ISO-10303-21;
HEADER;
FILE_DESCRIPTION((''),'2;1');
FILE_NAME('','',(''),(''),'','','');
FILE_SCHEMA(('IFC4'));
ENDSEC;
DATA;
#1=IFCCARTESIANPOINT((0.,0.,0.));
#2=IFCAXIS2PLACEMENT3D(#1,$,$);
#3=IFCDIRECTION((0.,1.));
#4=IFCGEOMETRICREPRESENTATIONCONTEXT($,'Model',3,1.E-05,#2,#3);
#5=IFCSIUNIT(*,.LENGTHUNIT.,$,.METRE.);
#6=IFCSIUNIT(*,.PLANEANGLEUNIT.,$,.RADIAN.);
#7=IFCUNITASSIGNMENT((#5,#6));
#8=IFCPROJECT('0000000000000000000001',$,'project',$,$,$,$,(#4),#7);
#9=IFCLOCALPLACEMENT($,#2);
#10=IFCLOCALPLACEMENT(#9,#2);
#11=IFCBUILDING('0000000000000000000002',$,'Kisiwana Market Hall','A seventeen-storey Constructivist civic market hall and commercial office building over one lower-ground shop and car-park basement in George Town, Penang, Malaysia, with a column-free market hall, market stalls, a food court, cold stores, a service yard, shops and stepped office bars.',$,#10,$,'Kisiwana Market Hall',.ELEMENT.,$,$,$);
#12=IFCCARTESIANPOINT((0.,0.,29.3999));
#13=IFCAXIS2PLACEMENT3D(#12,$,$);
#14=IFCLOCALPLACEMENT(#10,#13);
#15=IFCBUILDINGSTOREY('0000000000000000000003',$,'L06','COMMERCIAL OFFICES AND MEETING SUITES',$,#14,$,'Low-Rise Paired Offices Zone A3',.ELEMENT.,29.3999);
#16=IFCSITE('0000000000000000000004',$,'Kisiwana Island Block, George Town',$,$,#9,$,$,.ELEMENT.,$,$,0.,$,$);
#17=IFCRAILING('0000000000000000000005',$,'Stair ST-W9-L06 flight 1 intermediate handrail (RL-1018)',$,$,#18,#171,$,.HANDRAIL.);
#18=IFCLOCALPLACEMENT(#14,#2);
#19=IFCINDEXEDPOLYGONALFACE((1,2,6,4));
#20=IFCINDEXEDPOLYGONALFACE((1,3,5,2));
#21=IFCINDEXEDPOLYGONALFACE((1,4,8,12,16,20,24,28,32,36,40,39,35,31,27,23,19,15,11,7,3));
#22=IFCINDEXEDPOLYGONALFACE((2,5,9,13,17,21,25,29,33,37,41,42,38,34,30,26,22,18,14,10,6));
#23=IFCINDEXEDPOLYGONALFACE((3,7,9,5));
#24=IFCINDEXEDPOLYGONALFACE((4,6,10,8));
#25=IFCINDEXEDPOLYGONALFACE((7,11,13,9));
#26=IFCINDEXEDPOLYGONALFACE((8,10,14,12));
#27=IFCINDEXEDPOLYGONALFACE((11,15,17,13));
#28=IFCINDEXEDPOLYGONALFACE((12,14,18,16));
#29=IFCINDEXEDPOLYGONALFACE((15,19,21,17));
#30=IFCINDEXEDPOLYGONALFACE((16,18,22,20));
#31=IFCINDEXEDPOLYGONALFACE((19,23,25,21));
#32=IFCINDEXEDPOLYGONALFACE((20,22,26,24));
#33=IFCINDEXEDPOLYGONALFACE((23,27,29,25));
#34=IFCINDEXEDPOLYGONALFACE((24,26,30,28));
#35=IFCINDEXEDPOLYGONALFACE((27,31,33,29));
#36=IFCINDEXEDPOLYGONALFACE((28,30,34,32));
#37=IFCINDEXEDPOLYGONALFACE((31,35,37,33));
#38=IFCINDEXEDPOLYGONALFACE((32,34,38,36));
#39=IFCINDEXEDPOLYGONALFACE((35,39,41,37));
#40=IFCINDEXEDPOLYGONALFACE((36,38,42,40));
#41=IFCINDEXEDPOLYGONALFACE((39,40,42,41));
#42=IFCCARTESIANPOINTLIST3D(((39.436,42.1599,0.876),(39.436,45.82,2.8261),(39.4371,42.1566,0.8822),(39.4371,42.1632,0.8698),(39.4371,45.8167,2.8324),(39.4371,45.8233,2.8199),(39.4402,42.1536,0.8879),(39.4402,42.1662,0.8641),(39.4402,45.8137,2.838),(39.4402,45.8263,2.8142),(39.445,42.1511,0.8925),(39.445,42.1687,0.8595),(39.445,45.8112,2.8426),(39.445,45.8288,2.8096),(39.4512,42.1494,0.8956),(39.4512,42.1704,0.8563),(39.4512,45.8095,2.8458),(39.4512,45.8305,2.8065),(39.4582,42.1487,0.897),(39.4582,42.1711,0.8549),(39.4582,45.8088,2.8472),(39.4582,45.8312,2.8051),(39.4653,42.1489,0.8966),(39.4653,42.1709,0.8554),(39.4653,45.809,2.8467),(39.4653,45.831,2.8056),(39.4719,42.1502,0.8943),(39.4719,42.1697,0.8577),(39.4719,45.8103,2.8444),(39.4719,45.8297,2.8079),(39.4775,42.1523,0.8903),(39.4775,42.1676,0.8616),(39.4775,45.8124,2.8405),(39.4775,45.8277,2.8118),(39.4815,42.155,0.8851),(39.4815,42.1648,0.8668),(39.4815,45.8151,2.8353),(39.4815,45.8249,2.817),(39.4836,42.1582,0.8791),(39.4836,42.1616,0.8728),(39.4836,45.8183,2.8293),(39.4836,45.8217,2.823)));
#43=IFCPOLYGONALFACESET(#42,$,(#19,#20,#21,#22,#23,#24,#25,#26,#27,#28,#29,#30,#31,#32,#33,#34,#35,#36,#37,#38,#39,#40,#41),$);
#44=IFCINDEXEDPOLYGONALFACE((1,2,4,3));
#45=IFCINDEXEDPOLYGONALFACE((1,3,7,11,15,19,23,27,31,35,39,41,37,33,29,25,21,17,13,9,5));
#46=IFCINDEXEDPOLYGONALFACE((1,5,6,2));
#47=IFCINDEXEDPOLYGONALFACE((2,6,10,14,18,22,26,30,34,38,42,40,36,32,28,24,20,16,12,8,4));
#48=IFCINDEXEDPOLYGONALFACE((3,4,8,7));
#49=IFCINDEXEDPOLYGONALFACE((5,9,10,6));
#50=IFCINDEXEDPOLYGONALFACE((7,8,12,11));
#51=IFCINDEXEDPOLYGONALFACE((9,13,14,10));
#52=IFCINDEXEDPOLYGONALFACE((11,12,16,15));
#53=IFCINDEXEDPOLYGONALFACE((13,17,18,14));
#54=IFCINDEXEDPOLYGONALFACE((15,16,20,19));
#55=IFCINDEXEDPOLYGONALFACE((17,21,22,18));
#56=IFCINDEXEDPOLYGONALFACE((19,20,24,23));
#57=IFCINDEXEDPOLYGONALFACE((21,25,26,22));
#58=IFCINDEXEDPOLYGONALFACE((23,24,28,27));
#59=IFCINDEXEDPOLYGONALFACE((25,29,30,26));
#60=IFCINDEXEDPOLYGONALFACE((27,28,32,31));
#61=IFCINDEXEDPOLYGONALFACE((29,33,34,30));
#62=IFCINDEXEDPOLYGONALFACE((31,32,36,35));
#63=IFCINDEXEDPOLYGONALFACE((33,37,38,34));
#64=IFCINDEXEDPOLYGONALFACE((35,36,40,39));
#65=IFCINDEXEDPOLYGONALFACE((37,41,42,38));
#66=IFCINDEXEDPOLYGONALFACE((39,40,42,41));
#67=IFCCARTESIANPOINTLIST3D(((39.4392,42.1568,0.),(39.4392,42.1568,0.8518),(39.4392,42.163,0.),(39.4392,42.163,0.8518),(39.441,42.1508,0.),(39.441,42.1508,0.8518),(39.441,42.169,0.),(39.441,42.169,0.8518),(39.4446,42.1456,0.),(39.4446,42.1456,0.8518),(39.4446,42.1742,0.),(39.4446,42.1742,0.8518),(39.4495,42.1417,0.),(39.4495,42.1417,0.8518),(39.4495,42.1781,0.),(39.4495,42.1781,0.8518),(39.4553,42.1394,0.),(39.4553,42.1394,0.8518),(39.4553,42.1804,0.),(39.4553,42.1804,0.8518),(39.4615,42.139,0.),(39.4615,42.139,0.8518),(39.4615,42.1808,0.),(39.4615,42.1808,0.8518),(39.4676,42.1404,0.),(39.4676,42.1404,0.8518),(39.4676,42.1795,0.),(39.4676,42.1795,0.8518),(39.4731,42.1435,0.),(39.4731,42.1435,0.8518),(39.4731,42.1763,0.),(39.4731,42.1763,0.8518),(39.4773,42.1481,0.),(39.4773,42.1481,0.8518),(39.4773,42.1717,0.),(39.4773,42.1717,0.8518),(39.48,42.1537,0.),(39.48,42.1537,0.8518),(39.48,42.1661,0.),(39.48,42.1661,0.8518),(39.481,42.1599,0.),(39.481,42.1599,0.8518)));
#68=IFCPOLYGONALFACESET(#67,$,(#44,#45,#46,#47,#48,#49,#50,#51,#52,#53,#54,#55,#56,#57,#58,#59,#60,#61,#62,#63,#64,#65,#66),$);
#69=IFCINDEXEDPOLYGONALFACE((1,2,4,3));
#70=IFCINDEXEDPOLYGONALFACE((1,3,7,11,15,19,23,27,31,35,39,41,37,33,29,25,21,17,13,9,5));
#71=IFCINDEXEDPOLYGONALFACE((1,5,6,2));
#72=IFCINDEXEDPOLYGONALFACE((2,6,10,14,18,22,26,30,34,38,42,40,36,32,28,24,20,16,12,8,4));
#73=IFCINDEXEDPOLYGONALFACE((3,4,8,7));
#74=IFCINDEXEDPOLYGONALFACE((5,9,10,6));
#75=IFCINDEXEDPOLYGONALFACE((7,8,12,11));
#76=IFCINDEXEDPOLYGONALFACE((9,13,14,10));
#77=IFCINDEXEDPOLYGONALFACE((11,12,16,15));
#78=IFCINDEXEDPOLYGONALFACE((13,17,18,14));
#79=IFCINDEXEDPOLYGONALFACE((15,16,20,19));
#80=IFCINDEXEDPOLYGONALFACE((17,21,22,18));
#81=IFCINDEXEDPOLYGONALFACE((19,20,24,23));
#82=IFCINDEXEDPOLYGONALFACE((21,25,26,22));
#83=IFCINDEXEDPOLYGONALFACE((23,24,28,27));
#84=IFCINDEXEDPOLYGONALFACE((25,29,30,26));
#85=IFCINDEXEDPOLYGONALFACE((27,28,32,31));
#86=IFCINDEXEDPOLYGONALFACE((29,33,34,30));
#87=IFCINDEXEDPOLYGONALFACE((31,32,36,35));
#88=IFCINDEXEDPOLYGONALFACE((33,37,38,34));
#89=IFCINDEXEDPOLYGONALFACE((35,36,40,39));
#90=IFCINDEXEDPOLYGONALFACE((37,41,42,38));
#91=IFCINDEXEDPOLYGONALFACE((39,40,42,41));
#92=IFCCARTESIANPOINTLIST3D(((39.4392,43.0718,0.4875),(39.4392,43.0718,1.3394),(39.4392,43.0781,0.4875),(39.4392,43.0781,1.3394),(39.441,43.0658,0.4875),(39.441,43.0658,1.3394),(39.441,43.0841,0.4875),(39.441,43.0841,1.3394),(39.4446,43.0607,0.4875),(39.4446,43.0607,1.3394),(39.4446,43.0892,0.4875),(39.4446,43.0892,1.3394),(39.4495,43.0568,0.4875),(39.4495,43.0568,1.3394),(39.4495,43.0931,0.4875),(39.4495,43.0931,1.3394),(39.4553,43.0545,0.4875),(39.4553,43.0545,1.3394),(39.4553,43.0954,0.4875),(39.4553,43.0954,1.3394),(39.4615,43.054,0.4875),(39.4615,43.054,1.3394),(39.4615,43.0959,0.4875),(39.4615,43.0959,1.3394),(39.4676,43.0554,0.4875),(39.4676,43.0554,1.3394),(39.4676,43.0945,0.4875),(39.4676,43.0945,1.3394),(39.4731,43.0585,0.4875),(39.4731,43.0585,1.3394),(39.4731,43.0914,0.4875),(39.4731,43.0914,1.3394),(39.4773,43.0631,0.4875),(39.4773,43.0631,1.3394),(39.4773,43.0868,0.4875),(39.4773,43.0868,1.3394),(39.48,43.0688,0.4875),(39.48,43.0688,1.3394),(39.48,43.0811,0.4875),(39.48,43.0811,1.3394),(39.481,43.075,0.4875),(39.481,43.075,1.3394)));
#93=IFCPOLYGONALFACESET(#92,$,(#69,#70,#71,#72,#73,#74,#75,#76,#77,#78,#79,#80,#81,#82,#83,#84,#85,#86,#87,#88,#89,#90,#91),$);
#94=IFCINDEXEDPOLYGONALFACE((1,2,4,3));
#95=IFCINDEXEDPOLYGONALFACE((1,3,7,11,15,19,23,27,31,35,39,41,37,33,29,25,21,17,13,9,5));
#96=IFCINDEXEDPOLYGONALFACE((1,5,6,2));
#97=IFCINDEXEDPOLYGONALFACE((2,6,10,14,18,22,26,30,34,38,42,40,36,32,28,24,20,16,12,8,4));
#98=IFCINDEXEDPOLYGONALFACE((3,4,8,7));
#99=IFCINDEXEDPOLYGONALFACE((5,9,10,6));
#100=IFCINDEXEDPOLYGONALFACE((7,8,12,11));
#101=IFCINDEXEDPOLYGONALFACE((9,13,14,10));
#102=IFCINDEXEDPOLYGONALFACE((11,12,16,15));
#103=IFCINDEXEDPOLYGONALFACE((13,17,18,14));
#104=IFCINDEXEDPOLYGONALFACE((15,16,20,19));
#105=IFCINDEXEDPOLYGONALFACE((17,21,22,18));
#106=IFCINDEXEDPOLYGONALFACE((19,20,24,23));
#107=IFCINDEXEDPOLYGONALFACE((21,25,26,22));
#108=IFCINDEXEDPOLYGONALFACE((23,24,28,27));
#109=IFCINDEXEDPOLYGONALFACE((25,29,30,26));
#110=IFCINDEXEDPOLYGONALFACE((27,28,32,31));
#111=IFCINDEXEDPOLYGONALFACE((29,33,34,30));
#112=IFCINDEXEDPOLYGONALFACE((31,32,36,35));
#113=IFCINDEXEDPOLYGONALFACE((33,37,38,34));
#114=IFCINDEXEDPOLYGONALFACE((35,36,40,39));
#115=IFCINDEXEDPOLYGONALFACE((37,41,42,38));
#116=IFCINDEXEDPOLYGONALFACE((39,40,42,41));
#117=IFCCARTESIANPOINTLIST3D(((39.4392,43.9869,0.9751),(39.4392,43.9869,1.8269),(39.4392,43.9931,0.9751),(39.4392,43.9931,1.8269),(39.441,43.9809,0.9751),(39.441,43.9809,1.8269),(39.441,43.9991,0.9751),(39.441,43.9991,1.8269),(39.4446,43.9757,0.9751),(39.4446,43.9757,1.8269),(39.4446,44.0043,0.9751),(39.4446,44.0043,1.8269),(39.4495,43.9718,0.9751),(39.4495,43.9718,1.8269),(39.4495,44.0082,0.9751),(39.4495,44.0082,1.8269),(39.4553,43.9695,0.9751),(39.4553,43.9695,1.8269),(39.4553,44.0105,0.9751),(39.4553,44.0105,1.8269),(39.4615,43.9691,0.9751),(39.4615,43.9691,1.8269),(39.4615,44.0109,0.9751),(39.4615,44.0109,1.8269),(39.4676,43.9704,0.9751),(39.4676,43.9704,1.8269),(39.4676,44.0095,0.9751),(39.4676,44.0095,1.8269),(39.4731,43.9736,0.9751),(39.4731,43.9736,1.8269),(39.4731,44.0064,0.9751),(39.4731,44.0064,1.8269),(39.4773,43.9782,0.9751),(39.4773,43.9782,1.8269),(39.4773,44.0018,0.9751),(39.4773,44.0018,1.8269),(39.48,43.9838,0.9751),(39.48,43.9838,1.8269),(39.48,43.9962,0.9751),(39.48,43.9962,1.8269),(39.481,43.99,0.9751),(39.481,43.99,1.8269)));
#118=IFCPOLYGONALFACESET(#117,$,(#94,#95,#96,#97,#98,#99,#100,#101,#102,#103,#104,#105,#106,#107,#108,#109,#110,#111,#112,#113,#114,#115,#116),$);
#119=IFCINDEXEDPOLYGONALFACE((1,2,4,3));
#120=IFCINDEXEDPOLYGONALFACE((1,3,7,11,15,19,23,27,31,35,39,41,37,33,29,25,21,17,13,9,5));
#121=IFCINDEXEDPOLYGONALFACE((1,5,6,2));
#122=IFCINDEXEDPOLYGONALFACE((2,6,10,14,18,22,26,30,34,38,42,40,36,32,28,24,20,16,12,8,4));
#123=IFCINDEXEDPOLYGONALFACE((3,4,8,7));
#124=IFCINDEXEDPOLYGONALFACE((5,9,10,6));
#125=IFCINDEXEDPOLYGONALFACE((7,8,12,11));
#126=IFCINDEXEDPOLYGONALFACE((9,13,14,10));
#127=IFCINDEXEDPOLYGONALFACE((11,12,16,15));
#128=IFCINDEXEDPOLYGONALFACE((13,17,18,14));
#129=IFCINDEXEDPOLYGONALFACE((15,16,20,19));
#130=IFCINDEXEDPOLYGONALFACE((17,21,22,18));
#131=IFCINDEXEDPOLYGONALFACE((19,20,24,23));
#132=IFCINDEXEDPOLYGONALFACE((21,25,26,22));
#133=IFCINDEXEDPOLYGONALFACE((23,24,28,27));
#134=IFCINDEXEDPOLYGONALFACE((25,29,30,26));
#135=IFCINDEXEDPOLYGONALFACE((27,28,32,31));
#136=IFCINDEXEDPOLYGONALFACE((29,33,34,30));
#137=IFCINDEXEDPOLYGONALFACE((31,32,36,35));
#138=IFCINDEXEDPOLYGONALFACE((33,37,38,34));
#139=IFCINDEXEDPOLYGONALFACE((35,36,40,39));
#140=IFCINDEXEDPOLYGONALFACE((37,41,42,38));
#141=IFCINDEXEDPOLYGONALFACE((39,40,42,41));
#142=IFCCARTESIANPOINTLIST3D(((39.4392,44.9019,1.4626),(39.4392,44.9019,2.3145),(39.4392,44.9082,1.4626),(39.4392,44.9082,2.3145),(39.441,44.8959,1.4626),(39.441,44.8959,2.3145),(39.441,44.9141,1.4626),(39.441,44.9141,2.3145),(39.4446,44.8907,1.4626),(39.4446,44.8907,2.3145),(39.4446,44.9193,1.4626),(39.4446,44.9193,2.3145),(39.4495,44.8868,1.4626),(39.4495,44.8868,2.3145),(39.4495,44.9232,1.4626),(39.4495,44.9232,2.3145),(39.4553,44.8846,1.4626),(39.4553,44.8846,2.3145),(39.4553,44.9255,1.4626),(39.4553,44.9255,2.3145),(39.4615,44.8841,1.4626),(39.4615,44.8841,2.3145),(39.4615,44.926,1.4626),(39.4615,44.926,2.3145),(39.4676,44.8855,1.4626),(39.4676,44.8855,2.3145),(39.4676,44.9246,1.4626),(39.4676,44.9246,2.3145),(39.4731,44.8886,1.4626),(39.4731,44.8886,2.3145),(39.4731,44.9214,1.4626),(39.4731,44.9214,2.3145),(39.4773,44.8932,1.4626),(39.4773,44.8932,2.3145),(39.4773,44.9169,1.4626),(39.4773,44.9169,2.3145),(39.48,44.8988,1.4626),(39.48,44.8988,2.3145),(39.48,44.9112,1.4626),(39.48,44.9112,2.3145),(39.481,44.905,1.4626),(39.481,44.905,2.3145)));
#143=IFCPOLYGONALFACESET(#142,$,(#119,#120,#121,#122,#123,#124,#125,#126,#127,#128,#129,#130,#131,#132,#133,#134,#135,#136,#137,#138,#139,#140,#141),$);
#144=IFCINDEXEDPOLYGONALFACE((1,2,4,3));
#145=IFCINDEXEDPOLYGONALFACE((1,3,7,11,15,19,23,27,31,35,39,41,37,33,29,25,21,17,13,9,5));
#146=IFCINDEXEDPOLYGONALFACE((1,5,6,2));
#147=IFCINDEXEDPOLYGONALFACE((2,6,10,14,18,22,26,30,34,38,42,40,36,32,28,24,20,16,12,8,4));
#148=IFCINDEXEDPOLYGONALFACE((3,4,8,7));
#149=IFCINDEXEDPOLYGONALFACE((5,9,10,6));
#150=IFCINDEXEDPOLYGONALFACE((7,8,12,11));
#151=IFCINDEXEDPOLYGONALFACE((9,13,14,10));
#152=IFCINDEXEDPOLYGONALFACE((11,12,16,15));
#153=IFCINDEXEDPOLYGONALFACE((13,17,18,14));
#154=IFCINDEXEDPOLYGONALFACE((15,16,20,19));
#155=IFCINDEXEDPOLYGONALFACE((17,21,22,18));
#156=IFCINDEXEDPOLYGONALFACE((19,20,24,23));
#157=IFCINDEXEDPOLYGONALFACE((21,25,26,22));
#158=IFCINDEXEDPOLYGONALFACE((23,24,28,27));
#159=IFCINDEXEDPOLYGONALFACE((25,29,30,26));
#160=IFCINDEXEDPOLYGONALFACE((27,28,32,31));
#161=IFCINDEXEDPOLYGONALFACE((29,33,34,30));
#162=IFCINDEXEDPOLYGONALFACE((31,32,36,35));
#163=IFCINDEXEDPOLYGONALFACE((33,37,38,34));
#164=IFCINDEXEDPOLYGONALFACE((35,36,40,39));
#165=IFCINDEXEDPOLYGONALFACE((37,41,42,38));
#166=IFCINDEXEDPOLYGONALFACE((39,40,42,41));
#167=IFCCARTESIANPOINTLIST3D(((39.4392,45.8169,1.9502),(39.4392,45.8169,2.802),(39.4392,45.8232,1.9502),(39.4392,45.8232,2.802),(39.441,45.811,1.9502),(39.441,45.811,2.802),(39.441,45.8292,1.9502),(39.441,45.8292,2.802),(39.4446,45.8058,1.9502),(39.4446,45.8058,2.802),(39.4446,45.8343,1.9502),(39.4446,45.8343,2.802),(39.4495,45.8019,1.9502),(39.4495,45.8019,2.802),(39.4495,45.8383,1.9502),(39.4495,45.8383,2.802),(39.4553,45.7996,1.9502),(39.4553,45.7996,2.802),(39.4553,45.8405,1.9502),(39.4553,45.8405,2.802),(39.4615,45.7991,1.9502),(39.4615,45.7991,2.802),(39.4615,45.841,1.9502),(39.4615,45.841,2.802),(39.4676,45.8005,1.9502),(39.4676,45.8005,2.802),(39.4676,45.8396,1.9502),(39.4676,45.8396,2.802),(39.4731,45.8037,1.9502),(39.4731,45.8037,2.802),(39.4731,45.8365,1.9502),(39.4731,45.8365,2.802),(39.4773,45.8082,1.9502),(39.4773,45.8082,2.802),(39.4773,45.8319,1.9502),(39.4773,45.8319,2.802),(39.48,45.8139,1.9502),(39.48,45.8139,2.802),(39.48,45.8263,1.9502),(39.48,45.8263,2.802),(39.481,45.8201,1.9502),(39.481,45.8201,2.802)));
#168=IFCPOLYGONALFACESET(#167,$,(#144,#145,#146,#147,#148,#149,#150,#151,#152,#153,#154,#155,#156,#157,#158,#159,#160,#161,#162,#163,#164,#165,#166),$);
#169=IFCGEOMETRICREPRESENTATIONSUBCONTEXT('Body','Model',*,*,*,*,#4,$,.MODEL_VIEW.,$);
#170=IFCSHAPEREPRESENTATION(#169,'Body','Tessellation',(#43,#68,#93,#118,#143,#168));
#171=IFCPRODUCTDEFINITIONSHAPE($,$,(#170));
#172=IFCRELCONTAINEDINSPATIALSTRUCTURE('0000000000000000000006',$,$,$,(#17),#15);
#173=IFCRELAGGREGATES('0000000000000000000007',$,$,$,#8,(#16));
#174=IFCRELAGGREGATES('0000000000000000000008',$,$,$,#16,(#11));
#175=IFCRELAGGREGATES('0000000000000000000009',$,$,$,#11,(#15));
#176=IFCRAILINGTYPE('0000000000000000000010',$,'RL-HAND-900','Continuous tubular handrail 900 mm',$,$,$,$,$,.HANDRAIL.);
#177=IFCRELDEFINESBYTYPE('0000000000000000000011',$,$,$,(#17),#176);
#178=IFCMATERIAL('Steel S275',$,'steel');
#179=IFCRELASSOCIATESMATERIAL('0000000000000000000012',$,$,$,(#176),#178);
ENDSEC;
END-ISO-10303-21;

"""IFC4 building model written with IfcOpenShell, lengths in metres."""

from ifc_helpers import new_model, si_unit, direction, frame, origin, origin_2d, place, context, subcontext, project, spatial, circle, extrude, material, type_object, element, save


model = new_model("IFC4")

# Units and contexts
model_context = context("Model", 3, precision=1e-05, world=origin(), true_north=direction((0.0, 1.0)))
body_context = subcontext(model_context, "Body", "Model", "MODEL_VIEW")
ifc_project = project(units=[si_unit("LENGTHUNIT", "METRE"), si_unit("PLANEANGLEUNIT", "RADIAN")], contexts=[model_context])

# Site, building, storey
site_placement = place(None, origin())
site = spatial("IfcSite", under=ifc_project, at=site_placement, Name="Kisiwana Island Block, George Town", CompositionType="ELEMENT", RefElevation=0.0)
building_placement = place(site_placement, origin())
building = spatial("IfcBuilding", under=site, at=building_placement, Name="Kisiwana Market Hall", Description="A seventeen-storey Constructivist civic market hall and commercial office building over one lower-ground shop and car-park basement in George Town, Penang, Malaysia, with a column-free market hall, market stalls, a food court, cold stores, a service yard, shops and stepped office bars.", LongName="Kisiwana Market Hall", CompositionType="ELEMENT")
storey_placement = place(building_placement, frame((0.0, 0.0, 29.3999)))
storey = spatial("IfcBuildingStorey", under=building, at=storey_placement, Name="L06", Description="COMMERCIAL OFFICES AND MEETING SUITES", LongName="Low-Rise Paired Offices Zone A3", CompositionType="ELEMENT", Elevation=29.3999)

# Railing
ifc_material_1 = material(Name="Steel S275", Category="steel")
railing_type_1 = type_object("IfcRailingType", Name="RL-HAND-900", Description="Continuous tubular handrail 900 mm", PredefinedType="HANDRAIL", material=ifc_material_1)
railing_1_placement = place(storey_placement, frame((39.46, 42.1599, 0.0)))
element("IfcRailing", 1, at=railing_1_placement, inside=storey, type_object=railing_type_1, Name="Stair ST-W9-L06 flight 1 intermediate handrail (RL-1018)", PredefinedType="HANDRAIL", context=body_context, shape_type="SweptSolid", body=[
    extrude(circle(Radius=0.0239, at=origin_2d()), frame((0.0, 0.0, 0.876), z_axis=(0.0, 0.882542, 0.470234), x_axis=(-1.0, 0.0, 0.0)), (0.0, 0.0, 1.0), 4.1472),
    extrude(circle(Radius=0.021, at=origin_2d()), origin(), (0.0, 0.0, 1.0), 0.8518),
    extrude(circle(Radius=0.021, at=origin_2d()), frame((0.0, 0.915, 0.4875)), (0.0, 0.0, 1.0), 0.8518),
    extrude(circle(Radius=0.021, at=origin_2d()), frame((0.0, 1.8301, 0.9751)), (0.0, 0.0, 1.0), 0.8518),
    extrude(circle(Radius=0.021, at=origin_2d()), frame((0.0, 2.7451, 1.4626)), (0.0, 0.0, 1.0), 0.8518),
    extrude(circle(Radius=0.021, at=origin_2d()), frame((0.0, 3.6602, 1.9502)), (0.0, 0.0, 1.0), 0.8518),
])

save(model, "model.ifc")
